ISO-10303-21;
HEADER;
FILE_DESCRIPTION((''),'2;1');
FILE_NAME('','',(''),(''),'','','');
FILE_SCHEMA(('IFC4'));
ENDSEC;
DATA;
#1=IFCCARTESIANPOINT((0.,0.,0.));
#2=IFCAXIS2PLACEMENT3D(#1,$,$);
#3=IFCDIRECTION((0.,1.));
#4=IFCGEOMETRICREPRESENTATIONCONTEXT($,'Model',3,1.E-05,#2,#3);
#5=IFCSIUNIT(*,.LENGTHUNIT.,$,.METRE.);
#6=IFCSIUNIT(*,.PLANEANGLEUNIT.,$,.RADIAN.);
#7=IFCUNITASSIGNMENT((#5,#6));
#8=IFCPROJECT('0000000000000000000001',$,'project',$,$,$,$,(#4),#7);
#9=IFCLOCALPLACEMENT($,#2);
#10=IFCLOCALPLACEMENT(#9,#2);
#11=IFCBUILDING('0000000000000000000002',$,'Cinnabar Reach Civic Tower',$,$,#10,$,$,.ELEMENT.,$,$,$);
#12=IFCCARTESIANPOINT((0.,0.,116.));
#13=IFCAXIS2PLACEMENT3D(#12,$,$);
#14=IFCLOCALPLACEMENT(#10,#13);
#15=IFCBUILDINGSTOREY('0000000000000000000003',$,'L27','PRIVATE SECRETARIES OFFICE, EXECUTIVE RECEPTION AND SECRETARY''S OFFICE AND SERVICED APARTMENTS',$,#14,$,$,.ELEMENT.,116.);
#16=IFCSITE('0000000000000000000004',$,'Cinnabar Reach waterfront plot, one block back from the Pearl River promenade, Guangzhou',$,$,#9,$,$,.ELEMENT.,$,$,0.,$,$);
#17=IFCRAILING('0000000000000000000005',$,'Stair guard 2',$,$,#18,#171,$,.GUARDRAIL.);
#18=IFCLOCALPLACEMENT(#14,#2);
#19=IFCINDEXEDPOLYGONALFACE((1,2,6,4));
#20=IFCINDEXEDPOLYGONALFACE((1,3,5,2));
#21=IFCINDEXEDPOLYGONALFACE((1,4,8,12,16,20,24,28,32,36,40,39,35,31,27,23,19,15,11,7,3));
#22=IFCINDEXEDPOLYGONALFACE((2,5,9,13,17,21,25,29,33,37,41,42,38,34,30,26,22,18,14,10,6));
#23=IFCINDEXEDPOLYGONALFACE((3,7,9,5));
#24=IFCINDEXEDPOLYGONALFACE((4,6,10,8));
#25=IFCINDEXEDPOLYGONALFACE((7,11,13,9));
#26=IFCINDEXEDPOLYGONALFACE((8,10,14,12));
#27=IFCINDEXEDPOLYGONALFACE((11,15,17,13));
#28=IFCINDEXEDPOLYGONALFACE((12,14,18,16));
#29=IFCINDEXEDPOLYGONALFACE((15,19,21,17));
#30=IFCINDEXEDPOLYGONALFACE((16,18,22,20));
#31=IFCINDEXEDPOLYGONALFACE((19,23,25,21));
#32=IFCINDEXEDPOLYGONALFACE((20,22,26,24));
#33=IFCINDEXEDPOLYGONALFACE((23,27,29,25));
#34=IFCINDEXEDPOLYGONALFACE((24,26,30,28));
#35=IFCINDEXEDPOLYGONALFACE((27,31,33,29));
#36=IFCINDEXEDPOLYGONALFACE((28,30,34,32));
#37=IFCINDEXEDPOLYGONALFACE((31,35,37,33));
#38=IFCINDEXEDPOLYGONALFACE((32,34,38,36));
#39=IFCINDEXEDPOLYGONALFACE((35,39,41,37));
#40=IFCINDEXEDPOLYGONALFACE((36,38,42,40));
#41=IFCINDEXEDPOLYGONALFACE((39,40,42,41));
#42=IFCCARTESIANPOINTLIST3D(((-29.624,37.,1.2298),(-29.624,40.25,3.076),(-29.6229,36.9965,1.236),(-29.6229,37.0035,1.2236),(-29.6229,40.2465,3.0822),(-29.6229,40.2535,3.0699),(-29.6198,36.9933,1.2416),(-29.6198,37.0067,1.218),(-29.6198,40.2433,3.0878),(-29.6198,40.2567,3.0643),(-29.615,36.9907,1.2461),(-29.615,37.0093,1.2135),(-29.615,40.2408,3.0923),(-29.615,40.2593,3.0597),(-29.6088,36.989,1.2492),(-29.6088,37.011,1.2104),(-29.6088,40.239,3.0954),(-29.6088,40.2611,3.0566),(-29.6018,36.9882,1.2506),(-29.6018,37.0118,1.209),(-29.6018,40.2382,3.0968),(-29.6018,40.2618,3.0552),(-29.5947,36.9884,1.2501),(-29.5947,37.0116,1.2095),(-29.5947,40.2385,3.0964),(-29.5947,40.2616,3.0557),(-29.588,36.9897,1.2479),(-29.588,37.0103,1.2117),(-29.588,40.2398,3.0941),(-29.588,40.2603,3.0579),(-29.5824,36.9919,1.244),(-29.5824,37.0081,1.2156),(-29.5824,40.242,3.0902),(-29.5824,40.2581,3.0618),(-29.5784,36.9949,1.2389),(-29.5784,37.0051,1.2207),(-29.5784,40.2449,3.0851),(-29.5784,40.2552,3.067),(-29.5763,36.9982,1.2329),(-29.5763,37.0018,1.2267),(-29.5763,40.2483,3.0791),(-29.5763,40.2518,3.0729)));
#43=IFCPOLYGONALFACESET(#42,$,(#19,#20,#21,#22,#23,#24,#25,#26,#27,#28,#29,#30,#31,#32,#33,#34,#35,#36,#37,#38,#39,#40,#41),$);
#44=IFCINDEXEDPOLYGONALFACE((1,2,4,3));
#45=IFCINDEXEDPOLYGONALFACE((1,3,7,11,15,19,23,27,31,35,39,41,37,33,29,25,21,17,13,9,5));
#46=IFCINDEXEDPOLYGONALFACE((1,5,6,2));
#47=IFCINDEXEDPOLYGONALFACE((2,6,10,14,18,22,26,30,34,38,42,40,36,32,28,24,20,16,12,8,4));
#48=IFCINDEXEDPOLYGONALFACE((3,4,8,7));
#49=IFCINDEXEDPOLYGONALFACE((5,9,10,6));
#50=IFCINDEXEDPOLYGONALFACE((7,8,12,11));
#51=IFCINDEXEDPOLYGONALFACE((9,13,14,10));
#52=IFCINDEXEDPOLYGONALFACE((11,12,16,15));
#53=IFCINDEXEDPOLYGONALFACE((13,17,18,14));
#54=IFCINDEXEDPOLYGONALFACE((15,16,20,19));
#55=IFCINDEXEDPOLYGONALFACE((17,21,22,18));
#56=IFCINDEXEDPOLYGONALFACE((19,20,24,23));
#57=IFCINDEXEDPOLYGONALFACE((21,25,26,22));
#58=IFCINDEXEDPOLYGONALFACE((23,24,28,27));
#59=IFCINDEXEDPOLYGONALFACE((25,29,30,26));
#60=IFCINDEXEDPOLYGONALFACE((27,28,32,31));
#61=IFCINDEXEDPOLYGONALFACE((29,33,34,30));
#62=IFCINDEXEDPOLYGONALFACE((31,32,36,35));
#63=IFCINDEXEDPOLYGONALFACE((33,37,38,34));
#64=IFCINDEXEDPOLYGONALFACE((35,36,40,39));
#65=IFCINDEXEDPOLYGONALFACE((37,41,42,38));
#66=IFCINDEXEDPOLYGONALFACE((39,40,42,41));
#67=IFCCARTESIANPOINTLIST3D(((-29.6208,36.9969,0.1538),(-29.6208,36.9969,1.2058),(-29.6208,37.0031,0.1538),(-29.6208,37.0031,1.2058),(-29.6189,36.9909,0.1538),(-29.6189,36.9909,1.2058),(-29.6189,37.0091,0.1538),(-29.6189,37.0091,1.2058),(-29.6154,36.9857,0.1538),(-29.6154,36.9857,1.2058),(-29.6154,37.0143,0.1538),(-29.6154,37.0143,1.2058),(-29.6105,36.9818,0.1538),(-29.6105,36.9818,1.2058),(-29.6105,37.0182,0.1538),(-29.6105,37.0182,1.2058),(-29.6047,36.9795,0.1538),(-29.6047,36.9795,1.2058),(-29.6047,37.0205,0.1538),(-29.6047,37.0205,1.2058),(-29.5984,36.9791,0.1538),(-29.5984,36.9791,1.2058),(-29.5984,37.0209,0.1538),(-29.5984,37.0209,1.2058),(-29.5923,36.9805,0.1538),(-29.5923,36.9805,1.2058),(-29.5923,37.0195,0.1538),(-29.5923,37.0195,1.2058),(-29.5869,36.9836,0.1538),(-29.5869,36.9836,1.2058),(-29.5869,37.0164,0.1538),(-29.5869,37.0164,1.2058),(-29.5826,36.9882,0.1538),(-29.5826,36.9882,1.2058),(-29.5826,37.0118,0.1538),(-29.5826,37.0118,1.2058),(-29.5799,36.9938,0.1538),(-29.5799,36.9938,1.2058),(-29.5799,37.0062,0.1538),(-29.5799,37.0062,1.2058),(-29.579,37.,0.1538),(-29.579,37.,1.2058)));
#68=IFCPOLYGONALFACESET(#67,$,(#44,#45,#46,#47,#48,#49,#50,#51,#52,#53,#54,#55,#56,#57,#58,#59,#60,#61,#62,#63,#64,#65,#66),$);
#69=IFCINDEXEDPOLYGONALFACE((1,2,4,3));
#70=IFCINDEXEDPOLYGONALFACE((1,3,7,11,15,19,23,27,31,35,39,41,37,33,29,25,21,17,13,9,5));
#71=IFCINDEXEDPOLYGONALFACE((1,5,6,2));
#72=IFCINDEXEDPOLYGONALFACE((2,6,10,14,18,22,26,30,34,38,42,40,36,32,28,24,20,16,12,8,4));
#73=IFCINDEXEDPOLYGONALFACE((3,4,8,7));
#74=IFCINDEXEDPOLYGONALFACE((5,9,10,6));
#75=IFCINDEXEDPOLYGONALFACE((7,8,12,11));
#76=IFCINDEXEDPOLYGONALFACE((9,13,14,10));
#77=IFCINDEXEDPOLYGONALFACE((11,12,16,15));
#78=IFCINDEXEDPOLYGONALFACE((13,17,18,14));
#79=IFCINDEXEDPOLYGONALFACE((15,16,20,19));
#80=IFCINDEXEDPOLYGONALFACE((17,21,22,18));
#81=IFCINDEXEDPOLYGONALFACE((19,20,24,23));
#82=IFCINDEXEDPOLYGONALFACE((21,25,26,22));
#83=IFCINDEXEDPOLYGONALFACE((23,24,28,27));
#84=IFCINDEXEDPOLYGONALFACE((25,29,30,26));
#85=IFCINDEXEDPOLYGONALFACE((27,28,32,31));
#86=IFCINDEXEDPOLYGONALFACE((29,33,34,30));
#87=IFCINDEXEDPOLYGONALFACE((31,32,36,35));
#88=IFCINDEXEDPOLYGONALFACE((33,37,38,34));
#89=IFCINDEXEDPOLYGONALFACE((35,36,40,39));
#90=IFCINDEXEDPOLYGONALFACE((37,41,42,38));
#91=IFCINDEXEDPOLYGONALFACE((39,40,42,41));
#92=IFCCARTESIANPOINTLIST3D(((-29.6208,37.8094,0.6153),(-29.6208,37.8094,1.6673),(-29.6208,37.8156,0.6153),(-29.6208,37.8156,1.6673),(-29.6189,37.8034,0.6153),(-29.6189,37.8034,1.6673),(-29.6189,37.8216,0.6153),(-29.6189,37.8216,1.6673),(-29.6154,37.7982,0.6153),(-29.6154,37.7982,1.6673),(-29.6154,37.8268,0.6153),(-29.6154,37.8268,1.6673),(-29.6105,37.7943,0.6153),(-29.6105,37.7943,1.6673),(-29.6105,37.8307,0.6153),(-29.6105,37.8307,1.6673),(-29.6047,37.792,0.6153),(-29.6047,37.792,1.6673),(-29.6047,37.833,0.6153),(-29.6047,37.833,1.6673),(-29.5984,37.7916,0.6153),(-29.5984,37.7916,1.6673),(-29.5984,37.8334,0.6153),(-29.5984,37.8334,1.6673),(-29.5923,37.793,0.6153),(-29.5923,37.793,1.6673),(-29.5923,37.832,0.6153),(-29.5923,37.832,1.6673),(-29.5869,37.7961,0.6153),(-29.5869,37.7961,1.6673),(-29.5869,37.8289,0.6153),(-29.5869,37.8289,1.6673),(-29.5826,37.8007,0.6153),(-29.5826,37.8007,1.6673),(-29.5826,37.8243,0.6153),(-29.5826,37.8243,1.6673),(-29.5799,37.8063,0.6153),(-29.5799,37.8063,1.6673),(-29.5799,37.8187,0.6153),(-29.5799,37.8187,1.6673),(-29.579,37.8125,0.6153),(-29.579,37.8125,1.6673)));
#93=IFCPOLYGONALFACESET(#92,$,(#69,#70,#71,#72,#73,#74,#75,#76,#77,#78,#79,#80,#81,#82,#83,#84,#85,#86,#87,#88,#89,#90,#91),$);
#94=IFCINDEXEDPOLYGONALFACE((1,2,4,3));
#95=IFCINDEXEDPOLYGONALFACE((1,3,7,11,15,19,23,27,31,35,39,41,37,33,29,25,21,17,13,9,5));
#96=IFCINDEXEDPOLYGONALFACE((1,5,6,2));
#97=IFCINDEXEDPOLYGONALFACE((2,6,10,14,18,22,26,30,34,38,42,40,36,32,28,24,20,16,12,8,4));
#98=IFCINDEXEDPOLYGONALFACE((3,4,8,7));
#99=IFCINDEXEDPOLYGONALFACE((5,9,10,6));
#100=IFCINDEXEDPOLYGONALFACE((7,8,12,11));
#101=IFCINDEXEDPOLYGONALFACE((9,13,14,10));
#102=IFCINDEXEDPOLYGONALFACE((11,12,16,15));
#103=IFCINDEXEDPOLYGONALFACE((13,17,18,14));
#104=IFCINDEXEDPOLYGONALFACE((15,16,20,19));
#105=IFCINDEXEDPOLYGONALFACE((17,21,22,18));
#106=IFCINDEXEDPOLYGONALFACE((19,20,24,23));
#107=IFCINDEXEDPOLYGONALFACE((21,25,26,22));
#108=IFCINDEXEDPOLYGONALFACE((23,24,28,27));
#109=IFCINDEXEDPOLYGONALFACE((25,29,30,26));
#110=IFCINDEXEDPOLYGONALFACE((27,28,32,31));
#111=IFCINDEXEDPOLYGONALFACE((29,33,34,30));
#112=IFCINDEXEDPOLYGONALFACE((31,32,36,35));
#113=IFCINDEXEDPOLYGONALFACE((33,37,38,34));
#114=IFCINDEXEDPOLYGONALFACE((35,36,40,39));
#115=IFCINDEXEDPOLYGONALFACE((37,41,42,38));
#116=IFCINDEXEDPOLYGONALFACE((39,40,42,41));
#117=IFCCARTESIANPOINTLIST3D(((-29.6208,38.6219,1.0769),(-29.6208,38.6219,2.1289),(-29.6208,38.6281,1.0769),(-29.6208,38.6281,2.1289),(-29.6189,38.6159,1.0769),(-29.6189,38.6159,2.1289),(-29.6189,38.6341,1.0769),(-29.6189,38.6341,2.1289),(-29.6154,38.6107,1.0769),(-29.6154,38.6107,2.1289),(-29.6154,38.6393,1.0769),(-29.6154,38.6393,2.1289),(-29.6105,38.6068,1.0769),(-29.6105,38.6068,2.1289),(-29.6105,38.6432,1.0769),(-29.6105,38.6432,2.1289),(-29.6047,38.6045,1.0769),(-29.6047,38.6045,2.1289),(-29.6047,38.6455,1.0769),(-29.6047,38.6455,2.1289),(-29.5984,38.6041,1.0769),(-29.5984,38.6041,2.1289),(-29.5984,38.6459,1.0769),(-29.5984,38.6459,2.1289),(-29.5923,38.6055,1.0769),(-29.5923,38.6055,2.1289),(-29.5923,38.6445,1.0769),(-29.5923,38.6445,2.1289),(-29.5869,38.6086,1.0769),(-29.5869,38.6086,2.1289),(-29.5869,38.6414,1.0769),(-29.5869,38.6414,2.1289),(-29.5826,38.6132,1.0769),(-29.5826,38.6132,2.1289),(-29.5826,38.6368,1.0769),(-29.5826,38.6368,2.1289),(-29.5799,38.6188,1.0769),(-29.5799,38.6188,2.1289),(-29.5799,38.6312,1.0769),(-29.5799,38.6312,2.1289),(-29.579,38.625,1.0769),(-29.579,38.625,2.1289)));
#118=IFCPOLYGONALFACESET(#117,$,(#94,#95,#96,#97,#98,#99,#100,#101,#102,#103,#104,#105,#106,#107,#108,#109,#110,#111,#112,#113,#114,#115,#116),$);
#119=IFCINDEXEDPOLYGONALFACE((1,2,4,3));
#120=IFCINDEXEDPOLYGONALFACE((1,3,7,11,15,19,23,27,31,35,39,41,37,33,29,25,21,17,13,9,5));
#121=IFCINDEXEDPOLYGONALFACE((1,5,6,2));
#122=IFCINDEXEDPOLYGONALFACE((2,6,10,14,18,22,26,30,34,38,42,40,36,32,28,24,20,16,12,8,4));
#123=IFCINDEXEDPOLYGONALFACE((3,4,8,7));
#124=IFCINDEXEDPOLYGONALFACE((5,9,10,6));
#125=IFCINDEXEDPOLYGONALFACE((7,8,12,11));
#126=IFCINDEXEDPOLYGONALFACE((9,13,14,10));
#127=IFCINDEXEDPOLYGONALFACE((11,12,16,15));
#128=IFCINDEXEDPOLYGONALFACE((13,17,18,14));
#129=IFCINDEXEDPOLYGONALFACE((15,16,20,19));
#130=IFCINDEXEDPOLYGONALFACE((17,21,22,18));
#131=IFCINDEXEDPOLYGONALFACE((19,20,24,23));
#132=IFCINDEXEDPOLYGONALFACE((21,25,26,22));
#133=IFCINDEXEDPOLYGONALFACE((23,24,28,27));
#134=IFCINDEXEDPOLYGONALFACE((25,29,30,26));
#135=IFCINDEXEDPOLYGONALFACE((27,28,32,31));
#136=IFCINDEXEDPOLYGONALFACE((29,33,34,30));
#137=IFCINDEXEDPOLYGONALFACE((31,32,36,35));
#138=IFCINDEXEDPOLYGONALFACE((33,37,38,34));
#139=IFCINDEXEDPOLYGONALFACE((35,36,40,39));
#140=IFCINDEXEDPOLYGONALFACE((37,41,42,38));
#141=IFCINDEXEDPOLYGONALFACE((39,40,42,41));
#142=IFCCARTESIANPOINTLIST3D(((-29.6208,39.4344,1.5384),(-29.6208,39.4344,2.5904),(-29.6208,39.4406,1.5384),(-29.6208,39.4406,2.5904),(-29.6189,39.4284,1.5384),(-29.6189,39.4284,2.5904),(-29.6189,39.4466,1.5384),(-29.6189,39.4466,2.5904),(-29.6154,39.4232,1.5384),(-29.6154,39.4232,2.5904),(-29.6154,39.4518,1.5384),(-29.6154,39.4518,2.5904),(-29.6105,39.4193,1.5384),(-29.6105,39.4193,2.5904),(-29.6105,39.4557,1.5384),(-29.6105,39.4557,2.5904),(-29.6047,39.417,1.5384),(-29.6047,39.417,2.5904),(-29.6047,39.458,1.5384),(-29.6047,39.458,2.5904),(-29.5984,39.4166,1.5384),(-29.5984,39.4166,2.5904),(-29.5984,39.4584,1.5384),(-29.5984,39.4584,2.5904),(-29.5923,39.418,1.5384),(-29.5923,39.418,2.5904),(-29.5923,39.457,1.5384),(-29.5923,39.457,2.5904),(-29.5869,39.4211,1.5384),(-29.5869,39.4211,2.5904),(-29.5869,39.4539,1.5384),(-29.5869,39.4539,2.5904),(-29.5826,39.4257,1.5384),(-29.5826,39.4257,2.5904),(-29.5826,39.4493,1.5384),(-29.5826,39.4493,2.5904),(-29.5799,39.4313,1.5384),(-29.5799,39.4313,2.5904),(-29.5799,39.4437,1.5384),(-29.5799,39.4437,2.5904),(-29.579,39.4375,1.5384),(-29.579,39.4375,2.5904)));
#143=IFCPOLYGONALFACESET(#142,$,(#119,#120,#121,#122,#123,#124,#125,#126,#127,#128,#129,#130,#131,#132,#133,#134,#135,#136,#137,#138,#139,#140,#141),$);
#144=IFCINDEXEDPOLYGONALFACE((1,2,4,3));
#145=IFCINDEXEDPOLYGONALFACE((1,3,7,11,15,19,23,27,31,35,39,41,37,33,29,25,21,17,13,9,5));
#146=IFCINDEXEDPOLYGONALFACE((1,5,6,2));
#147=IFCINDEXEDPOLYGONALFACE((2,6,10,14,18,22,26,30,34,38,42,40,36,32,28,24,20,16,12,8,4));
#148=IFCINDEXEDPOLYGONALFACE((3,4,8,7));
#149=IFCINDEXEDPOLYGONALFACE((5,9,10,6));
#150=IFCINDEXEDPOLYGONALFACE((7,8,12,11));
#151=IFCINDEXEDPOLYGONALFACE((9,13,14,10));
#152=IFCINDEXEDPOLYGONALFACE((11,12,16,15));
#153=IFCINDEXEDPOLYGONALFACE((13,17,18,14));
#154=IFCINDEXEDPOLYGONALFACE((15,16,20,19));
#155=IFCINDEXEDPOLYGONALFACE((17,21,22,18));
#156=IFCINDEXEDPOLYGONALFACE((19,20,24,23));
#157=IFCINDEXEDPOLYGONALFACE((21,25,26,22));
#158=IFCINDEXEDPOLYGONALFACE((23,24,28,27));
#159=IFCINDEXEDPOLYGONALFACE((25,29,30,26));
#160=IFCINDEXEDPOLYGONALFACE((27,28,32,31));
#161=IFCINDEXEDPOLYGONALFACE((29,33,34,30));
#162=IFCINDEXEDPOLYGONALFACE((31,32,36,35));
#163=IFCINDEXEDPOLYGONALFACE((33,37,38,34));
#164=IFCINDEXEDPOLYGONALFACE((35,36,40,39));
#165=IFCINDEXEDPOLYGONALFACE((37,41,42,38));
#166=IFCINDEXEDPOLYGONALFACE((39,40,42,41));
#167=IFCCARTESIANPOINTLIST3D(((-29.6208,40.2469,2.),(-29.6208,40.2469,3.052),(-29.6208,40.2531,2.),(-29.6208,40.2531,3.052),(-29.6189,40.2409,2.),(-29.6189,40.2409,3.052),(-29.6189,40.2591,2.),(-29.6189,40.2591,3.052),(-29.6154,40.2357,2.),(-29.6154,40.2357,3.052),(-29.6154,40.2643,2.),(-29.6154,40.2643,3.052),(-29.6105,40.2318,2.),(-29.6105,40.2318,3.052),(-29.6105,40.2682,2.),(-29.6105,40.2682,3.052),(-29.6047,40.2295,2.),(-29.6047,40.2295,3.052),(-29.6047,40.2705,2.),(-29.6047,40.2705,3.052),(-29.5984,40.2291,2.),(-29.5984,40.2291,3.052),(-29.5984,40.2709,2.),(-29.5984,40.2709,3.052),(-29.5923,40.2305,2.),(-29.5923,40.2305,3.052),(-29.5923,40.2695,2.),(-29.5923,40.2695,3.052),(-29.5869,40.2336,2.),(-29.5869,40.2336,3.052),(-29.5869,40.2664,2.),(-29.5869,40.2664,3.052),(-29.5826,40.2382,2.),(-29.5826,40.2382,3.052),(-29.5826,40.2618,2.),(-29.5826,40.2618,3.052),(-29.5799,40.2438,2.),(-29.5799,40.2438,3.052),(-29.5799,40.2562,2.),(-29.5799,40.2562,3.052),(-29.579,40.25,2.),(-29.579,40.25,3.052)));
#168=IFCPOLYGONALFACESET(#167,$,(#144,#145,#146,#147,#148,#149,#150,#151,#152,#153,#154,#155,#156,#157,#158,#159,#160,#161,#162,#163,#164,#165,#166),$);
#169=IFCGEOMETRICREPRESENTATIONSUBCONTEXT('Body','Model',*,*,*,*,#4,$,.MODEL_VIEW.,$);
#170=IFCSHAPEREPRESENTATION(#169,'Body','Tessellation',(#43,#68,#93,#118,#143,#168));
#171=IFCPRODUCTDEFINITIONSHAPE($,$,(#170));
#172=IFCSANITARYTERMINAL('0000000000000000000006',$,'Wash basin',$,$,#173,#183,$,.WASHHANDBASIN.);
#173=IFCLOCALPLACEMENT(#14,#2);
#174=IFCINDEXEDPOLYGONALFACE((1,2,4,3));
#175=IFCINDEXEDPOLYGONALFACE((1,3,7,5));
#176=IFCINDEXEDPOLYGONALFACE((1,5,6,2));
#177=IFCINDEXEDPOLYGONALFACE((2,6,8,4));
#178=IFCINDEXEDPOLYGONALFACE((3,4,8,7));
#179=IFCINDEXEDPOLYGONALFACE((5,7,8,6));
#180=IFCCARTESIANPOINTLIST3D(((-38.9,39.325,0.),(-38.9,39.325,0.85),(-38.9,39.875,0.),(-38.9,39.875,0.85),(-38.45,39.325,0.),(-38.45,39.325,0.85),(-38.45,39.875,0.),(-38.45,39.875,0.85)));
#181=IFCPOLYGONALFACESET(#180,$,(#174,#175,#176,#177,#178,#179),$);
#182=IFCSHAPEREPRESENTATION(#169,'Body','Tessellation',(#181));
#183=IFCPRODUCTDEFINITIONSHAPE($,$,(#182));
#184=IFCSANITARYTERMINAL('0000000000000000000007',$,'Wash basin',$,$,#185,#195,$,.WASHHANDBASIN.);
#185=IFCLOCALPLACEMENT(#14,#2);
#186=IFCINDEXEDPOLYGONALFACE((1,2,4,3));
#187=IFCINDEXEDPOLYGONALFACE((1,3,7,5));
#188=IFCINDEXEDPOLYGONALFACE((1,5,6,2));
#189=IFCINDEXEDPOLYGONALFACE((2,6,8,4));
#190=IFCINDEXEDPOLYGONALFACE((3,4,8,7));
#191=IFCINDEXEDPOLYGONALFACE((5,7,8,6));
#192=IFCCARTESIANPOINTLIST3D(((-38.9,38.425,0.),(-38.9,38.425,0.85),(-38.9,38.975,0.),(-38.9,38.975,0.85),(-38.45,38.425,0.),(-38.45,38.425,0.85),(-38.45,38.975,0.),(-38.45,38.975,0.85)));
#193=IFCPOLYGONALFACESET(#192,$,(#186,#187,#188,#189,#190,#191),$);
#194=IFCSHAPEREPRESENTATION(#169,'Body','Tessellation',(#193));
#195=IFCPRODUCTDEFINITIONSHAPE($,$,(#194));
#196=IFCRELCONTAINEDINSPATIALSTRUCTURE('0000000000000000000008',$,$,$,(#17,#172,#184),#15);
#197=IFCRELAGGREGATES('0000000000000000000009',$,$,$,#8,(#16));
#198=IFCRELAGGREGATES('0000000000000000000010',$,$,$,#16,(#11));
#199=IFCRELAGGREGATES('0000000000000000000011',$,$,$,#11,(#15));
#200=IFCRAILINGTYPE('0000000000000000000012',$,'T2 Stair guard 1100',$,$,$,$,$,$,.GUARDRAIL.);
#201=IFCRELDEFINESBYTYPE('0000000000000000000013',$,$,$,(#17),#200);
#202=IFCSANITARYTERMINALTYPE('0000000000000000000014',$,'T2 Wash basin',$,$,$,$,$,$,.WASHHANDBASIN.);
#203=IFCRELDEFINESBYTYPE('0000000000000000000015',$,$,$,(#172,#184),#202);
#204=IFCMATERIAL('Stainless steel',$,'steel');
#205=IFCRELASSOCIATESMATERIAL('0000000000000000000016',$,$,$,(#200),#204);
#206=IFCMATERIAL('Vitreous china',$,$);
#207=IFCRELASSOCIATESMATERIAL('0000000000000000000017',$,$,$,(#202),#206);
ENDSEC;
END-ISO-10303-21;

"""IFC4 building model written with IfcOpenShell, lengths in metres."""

from ifc_helpers import new_model, si_unit, direction, frame, origin, origin_2d, place, context, subcontext, project, spatial, rectangle, circle, extrude, material, type_object, element, save


model = new_model("IFC4")

# Units and contexts
model_context = context("Model", 3, precision=1e-05, world=origin(), true_north=direction((0.0, 1.0)))
body_context = subcontext(model_context, "Body", "Model", "MODEL_VIEW")
ifc_project = project(units=[si_unit("LENGTHUNIT", "METRE"), si_unit("PLANEANGLEUNIT", "RADIAN")], contexts=[model_context])

# Site, building, storey
site_placement = place(None, origin())
site = spatial("IfcSite", under=ifc_project, at=site_placement, Name="Cinnabar Reach waterfront plot, one block back from the Pearl River promenade, Guangzhou", CompositionType="ELEMENT", RefElevation=0.0)
building_placement = place(site_placement, origin())
building = spatial("IfcBuilding", under=site, at=building_placement, Name="Cinnabar Reach Civic Tower", CompositionType="ELEMENT")
storey_placement = place(building_placement, frame((0.0, 0.0, 116.0)))
storey = spatial("IfcBuildingStorey", under=building, at=storey_placement, Name="L27", Description="PRIVATE SECRETARIES OFFICE, EXECUTIVE RECEPTION AND SECRETARY'S OFFICE AND SERVICED APARTMENTS", CompositionType="ELEMENT", Elevation=116.0)

# Railing
ifc_material_1 = material(Name="Stainless steel", Category="steel")
railing_type = type_object("IfcRailingType", Name="T2 Stair guard 1100", PredefinedType="GUARDRAIL", material=ifc_material_1)
railing_placement = place(storey_placement, frame((-29.6, 37.0, 0.1538)))
element("IfcRailing", 1, at=railing_placement, inside=storey, type_object=railing_type, Name="Stair guard 2", PredefinedType="GUARDRAIL", context=body_context, shape_type="SweptSolid", body=[
    extrude(circle(Radius=0.024, at=origin_2d()), frame((0.0, 0.0, 1.076), z_axis=(0.0, 0.869501, 0.49393), x_axis=(-1.0, 0.0, 0.0)), (0.0, 0.0, 1.0), 3.7378),
    extrude(circle(Radius=0.021, at=origin_2d()), origin(), (0.0, 0.0, 1.0), 1.052),
    extrude(circle(Radius=0.021, at=origin_2d()), frame((0.0, 0.8125, 0.4615)), (0.0, 0.0, 1.0), 1.052),
    extrude(circle(Radius=0.021, at=origin_2d()), frame((0.0, 1.625, 0.9231)), (0.0, 0.0, 1.0), 1.052),
    extrude(circle(Radius=0.021, at=origin_2d()), frame((0.0, 2.4375, 1.3846)), (0.0, 0.0, 1.0), 1.052),
    extrude(circle(Radius=0.021, at=origin_2d()), frame((0.0, 3.25, 1.8462)), (0.0, 0.0, 1.0), 1.052),
])

# Sanitary terminals
ifc_material_2 = material(Name="Vitreous china")
sanitary_terminal_type = type_object("IfcSanitaryTerminalType", Name="T2 Wash basin", PredefinedType="WASHHANDBASIN", material=ifc_material_2)
for number, where, z_axis, x_axis, name in (
    (2, (-38.675, 39.6, 0.0), (0.0, 0.0, 1.0), (1.0, 0.0, 0.0), "Wash basin"),
    (3, (-38.675, 38.7, 0.0), (0.0, 0.0, 1.0), (1.0, 0.0, 0.0), "Wash basin"),
):
    element("IfcSanitaryTerminal", number, at=place(storey_placement, frame(where, z_axis=z_axis, x_axis=x_axis)), inside=storey, type_object=sanitary_terminal_type, Name=name, PredefinedType="WASHHANDBASIN", context=body_context, shape_type="SweptSolid", body=[
        extrude(rectangle(XDim=0.45, YDim=0.55, at=origin_2d()), origin(), (0.0, 0.0, 1.0), 0.85),
    ])

save(model, "model.ifc")
